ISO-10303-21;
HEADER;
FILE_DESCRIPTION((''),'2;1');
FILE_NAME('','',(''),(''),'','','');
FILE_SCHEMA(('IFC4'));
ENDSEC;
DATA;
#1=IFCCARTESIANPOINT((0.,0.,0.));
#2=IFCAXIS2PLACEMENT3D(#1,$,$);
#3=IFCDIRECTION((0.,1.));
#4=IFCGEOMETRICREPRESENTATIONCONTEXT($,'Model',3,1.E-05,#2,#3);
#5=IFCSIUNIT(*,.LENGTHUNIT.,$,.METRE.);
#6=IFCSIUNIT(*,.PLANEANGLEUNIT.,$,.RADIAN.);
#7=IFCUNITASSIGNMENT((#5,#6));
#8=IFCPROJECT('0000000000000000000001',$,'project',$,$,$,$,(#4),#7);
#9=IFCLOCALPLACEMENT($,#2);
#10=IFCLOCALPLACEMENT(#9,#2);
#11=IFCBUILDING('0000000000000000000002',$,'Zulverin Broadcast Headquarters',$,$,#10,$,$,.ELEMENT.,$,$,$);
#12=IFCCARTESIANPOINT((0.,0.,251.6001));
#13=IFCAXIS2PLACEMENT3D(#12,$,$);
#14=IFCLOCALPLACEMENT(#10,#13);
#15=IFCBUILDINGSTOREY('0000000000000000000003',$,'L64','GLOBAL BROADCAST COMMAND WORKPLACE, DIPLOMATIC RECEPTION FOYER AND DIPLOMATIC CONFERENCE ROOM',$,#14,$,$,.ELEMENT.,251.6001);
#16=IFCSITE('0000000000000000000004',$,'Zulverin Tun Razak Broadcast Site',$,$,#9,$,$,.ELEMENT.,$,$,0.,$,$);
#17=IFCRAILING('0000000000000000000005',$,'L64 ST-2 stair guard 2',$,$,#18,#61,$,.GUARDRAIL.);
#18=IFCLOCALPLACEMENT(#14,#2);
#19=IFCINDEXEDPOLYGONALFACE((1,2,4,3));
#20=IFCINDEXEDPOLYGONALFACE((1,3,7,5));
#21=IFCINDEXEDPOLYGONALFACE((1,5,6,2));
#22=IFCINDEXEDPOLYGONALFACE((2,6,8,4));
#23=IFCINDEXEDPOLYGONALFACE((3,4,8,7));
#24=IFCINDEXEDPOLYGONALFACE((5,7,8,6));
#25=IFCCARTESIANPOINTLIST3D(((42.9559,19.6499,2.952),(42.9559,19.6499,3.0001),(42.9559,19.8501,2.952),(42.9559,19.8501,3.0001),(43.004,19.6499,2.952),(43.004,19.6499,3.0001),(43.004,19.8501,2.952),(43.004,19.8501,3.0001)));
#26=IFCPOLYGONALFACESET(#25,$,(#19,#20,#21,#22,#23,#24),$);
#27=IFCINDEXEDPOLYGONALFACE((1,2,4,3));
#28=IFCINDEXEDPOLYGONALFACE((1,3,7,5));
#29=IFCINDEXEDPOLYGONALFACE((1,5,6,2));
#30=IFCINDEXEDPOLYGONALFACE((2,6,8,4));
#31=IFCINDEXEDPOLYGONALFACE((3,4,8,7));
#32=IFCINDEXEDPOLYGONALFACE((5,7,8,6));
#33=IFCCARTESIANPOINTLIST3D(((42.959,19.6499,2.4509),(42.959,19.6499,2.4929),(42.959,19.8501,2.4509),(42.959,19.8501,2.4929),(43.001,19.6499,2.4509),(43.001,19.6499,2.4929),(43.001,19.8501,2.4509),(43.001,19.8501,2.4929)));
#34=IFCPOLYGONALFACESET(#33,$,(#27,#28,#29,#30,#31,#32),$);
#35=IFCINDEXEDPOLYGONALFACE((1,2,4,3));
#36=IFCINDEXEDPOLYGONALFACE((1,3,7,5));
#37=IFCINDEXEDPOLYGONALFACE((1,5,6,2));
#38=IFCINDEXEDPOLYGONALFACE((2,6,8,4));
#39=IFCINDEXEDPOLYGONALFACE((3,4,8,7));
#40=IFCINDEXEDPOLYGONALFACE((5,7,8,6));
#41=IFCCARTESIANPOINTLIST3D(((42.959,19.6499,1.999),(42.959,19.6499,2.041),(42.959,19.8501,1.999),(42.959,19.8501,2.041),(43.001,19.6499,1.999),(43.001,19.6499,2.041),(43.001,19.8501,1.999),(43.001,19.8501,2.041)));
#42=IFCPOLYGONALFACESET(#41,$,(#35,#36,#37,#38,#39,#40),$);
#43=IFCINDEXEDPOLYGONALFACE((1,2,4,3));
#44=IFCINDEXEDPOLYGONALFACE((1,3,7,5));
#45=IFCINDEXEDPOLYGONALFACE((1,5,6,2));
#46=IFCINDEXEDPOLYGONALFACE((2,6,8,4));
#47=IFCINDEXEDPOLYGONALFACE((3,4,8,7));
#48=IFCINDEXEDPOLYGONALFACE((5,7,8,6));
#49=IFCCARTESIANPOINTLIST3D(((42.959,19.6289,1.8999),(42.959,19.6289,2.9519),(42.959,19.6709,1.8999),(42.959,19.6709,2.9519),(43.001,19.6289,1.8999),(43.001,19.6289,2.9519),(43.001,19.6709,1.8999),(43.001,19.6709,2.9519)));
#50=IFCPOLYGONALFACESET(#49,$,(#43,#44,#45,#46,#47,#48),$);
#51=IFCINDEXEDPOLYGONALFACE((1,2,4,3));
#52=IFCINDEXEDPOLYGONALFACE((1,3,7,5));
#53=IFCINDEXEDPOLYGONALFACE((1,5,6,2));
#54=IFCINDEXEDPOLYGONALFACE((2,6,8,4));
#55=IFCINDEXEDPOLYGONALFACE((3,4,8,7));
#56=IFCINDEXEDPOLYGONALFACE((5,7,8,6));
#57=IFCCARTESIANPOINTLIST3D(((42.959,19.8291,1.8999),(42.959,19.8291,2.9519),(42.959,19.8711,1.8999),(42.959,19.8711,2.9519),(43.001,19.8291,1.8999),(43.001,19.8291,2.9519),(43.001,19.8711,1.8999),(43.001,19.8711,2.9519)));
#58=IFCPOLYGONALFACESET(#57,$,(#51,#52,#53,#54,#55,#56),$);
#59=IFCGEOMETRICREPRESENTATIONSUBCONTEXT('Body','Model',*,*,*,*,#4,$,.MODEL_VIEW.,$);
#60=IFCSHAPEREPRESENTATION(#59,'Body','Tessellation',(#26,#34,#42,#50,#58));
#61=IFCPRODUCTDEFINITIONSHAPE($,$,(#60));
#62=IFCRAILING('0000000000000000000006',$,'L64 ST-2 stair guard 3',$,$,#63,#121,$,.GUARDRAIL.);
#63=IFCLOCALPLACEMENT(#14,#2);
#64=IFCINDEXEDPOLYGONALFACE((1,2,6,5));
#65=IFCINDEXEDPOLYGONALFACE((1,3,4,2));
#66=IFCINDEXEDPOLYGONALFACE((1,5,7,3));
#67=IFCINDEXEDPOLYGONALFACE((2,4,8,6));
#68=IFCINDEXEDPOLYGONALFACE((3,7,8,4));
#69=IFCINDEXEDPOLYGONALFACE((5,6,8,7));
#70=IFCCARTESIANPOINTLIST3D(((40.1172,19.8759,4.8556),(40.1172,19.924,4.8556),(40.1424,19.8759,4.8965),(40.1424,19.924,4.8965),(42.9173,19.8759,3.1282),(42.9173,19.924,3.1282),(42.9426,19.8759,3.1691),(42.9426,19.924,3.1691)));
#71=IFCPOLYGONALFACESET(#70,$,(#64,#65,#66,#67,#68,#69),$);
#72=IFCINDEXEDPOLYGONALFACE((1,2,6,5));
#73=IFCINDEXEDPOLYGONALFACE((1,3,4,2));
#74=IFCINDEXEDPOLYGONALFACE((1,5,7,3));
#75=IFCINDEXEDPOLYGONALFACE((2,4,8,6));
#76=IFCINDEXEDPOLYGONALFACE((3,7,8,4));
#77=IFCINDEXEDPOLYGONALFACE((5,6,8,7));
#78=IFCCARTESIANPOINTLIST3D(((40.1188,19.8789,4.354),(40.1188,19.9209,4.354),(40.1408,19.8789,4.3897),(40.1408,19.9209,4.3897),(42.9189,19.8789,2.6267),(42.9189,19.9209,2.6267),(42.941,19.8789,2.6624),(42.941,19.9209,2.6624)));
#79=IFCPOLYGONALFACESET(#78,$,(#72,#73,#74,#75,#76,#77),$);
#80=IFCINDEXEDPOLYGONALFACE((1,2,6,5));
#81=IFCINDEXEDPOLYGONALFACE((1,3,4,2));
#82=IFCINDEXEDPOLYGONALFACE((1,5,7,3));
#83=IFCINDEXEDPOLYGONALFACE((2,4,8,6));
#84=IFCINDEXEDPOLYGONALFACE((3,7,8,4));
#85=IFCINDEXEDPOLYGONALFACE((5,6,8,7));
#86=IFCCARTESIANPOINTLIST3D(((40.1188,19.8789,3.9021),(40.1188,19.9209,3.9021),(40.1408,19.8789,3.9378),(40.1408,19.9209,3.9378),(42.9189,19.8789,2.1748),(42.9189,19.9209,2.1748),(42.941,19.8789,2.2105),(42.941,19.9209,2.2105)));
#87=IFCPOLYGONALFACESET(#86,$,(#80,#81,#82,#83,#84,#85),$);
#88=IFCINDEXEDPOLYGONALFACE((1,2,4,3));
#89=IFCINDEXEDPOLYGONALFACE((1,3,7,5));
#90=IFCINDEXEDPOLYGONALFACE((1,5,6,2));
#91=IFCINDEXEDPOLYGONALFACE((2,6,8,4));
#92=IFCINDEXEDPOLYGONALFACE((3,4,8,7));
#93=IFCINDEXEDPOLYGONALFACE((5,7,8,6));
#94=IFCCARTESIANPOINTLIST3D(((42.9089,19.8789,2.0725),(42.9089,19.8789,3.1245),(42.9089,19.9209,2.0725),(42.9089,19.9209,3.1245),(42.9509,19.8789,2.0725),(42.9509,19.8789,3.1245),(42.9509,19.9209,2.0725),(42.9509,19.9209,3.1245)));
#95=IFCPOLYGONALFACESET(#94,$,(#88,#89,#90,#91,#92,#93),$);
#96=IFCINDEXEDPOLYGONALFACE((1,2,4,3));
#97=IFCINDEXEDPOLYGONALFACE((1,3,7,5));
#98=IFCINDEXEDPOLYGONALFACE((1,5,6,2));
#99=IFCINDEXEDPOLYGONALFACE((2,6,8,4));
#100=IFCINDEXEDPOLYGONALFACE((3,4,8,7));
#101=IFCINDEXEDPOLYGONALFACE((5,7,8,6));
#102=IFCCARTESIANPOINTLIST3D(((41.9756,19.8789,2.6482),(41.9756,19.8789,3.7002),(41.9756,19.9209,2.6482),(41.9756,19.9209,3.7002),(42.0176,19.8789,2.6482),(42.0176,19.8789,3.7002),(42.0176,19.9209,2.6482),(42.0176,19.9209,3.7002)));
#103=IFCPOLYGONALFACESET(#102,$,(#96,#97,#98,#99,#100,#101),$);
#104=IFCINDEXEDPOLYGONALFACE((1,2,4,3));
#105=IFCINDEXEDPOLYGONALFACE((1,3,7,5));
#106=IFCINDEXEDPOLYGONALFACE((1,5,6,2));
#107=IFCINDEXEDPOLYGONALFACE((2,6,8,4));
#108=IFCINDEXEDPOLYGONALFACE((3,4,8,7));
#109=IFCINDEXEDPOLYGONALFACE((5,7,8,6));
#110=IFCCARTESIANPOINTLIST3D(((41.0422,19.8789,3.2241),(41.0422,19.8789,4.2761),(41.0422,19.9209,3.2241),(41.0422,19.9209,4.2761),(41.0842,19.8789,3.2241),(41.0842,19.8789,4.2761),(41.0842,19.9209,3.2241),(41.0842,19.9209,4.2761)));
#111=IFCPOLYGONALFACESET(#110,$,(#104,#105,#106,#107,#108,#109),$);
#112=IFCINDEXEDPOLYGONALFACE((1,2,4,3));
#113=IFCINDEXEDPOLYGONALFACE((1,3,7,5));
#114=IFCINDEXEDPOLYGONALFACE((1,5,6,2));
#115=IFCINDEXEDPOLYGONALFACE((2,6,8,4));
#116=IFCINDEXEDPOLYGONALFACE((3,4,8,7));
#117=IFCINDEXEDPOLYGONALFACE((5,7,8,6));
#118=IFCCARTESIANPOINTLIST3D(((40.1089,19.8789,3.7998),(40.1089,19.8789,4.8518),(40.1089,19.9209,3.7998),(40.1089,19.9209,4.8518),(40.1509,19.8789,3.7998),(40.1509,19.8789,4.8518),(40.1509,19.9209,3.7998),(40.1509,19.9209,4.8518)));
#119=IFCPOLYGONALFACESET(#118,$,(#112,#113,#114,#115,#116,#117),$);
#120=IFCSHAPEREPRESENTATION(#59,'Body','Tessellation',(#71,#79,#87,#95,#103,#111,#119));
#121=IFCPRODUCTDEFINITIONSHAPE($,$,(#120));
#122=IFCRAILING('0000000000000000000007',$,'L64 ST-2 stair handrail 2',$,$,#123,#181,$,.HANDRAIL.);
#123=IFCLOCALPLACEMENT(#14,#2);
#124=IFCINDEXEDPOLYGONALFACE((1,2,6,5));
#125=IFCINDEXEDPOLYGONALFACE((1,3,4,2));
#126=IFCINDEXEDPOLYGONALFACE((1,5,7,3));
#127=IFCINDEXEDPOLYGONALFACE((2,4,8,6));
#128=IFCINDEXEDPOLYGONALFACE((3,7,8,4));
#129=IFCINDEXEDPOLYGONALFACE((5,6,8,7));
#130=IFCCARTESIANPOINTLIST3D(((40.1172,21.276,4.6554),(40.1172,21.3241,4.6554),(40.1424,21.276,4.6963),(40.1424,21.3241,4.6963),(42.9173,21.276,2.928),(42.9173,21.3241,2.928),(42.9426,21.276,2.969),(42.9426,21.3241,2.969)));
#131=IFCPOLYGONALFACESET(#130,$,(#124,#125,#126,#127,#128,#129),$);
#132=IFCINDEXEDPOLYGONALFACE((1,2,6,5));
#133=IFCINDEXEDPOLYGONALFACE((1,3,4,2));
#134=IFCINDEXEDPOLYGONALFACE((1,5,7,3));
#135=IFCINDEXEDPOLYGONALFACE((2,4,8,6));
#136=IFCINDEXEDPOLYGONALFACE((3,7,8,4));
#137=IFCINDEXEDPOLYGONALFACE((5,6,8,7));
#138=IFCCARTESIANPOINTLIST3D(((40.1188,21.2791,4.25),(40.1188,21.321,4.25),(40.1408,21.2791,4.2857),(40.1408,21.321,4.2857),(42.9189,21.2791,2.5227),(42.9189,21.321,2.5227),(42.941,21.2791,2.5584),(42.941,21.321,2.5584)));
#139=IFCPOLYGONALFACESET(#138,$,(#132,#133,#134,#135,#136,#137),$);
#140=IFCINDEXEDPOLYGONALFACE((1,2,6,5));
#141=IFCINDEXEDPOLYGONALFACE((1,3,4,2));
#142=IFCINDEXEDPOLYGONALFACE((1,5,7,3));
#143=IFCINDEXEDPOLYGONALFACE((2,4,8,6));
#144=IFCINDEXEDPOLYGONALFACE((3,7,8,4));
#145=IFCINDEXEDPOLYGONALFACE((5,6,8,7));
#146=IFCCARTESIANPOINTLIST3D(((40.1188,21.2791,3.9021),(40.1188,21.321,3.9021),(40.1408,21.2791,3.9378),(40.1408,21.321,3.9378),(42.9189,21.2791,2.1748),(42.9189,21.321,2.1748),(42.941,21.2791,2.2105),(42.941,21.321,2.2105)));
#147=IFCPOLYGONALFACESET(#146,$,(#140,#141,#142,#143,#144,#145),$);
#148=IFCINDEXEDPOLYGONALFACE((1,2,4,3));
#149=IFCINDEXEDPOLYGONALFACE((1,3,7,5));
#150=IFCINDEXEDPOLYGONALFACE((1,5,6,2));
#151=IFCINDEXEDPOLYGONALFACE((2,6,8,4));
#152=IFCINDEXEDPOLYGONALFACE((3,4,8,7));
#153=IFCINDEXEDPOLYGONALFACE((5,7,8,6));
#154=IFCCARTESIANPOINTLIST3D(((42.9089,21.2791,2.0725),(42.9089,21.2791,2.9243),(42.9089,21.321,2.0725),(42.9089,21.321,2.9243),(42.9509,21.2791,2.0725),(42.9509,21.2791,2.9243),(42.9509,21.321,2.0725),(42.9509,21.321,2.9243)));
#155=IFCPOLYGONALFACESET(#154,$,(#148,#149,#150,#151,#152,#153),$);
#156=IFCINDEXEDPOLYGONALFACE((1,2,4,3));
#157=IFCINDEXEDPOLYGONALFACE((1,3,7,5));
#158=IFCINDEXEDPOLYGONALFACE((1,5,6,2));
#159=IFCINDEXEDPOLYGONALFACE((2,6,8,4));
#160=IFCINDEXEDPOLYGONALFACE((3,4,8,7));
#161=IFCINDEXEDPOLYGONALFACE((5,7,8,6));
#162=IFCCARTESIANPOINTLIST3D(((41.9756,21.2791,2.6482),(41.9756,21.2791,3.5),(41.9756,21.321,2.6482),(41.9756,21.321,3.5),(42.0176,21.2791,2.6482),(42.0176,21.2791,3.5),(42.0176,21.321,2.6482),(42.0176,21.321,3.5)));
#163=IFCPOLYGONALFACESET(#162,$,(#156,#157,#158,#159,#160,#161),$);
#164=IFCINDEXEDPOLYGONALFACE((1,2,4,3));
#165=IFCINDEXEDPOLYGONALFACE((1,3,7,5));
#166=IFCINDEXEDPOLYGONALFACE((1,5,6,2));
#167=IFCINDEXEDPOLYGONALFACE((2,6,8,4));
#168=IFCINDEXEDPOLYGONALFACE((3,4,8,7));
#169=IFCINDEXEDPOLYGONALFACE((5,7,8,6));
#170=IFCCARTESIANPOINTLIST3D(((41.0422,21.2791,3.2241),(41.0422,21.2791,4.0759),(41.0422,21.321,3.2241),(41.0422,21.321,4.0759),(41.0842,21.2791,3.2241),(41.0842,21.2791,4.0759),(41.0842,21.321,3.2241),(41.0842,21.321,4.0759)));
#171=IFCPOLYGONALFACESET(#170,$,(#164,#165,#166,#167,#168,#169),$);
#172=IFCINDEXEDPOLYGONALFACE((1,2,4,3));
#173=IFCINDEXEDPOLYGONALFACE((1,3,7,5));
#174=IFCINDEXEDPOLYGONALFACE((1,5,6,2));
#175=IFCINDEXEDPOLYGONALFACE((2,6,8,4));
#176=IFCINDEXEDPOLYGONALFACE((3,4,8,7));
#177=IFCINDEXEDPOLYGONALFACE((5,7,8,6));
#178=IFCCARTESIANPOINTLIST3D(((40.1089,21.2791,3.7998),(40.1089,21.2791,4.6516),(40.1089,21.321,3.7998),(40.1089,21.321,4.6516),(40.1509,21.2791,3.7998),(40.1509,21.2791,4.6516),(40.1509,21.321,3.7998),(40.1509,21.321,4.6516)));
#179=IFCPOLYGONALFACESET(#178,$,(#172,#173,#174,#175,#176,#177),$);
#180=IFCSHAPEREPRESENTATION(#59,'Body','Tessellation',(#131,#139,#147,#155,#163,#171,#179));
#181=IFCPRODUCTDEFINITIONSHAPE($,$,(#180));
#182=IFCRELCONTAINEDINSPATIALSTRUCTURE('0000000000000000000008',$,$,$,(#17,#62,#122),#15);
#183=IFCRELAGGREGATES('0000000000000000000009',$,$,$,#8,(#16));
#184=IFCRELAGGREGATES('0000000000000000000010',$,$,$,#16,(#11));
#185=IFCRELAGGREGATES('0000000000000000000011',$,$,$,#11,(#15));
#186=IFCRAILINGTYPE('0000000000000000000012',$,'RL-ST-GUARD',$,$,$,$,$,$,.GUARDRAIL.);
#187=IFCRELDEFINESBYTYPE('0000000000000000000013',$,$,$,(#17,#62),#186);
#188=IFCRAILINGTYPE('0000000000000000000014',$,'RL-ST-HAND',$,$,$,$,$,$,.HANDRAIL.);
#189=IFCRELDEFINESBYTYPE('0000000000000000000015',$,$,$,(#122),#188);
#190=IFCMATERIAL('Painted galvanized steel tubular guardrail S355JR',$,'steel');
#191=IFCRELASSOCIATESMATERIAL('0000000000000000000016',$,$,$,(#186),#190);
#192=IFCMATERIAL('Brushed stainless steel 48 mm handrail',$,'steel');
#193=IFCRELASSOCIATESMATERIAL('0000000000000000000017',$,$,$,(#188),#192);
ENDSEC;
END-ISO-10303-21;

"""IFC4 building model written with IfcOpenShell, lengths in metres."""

from ifc_helpers import new_model, si_unit, direction, frame, origin, origin_2d, place, context, subcontext, project, spatial, rectangle, extrude, material, type_object, element, save


model = new_model("IFC4")

# Units and contexts
model_context = context("Model", 3, precision=1e-05, world=origin(), true_north=direction((0.0, 1.0)))
body_context = subcontext(model_context, "Body", "Model", "MODEL_VIEW")
ifc_project = project(units=[si_unit("LENGTHUNIT", "METRE"), si_unit("PLANEANGLEUNIT", "RADIAN")], contexts=[model_context])

# Site, building, storey
site_placement = place(None, origin())
site = spatial("IfcSite", under=ifc_project, at=site_placement, Name="Zulverin Tun Razak Broadcast Site", CompositionType="ELEMENT", RefElevation=0.0)
building_placement = place(site_placement, origin())
building = spatial("IfcBuilding", under=site, at=building_placement, Name="Zulverin Broadcast Headquarters", CompositionType="ELEMENT")
storey_placement = place(building_placement, frame((0.0, 0.0, 251.6001)))
storey = spatial("IfcBuildingStorey", under=building, at=storey_placement, Name="L64", Description="GLOBAL BROADCAST COMMAND WORKPLACE, DIPLOMATIC RECEPTION FOYER AND DIPLOMATIC CONFERENCE ROOM", CompositionType="ELEMENT", Elevation=251.6001)

# Railings
ifc_material_1 = material(Name="Painted galvanized steel tubular guardrail S355JR", Category="steel")
railing_type_1 = type_object("IfcRailingType", Name="RL-ST-GUARD", PredefinedType="GUARDRAIL", material=ifc_material_1)
railing_1_placement = place(storey_placement, frame((42.98, 19.6499, 1.8999)))
element("IfcRailing", 1, at=railing_1_placement, inside=storey, type_object=railing_type_1, Name="L64 ST-2 stair guard 2", PredefinedType="GUARDRAIL", context=body_context, shape_type="SweptSolid", body=[
    extrude(rectangle(XDim=0.0481, YDim=0.0481, at=origin_2d()), frame((0.0, 0.0, 1.0762), z_axis=(0.0, 1.0, 0.0), x_axis=(-1.0, 0.0, 0.0)), (0.0, 0.0, 1.0), 0.2002),
    extrude(rectangle(XDim=0.042, YDim=0.042, at=origin_2d()), frame((0.0, 0.0, 0.572), z_axis=(0.0, 1.0, 0.0), x_axis=(-1.0, 0.0, 0.0)), (0.0, 0.0, 1.0), 0.2002),
    extrude(rectangle(XDim=0.042, YDim=0.042, at=origin_2d()), frame((0.0, 0.0, 0.1201), z_axis=(0.0, 1.0, 0.0), x_axis=(-1.0, 0.0, 0.0)), (0.0, 0.0, 1.0), 0.2002),
    extrude(rectangle(XDim=0.042, YDim=0.042, at=origin_2d()), origin(), (0.0, 0.0, 1.0), 1.052),
    extrude(rectangle(XDim=0.042, YDim=0.042, at=origin_2d()), frame((0.0, 0.2002, 0.0)), (0.0, 0.0, 1.0), 1.052),
])
railing_2_placement = place(storey_placement, frame((42.9299, 19.8999, 2.0725)))
element("IfcRailing", 2, at=railing_2_placement, inside=storey, type_object=railing_type_1, Name="L64 ST-2 stair guard 3", PredefinedType="GUARDRAIL", context=body_context, shape_type="SweptSolid", body=[
    extrude(rectangle(XDim=0.0481, YDim=0.0481, at=origin_2d()), frame((0.0, 0.0, 1.0762), z_axis=(-0.85109, 0.0, 0.52502), x_axis=(0.0, -1.0, 0.0)), (0.0, 0.0, 1.0), 3.29),
    extrude(rectangle(XDim=0.042, YDim=0.042, at=origin_2d()), frame((0.0, 0.0, 0.572), z_axis=(-0.85109, 0.0, 0.52502), x_axis=(0.0, -1.0, 0.0)), (0.0, 0.0, 1.0), 3.29),
    extrude(rectangle(XDim=0.042, YDim=0.042, at=origin_2d()), frame((0.0, 0.0, 0.1201), z_axis=(-0.85109, 0.0, 0.52502), x_axis=(0.0, -1.0, 0.0)), (0.0, 0.0, 1.0), 3.29),
    extrude(rectangle(XDim=0.042, YDim=0.042, at=origin_2d()), origin(), (0.0, 0.0, 1.0), 1.052),
    extrude(rectangle(XDim=0.042, YDim=0.042, at=origin_2d()), frame((-0.9333, 0.0, 0.5757)), (0.0, 0.0, 1.0), 1.052),
    extrude(rectangle(XDim=0.042, YDim=0.042, at=origin_2d()), frame((-1.8667, 0.0, 1.1516)), (0.0, 0.0, 1.0), 1.052),
    extrude(rectangle(XDim=0.042, YDim=0.042, at=origin_2d()), frame((-2.8, 0.0, 1.7273)), (0.0, 0.0, 1.0), 1.052),
])
ifc_material_2 = material(Name="Brushed stainless steel 48 mm handrail", Category="steel")
railing_type_2 = type_object("IfcRailingType", Name="RL-ST-HAND", PredefinedType="HANDRAIL", material=ifc_material_2)
railing_3_placement = place(storey_placement, frame((42.9299, 21.3, 2.0725)))
element("IfcRailing", 3, at=railing_3_placement, inside=storey, type_object=railing_type_2, Name="L64 ST-2 stair handrail 2", PredefinedType="HANDRAIL", context=body_context, shape_type="SweptSolid", body=[
    extrude(rectangle(XDim=0.0481, YDim=0.0481, at=origin_2d()), frame((0.0, 0.0, 0.876), z_axis=(-0.85109, 0.0, 0.52502), x_axis=(0.0, -1.0, 0.0)), (0.0, 0.0, 1.0), 3.29),
    extrude(rectangle(XDim=0.042, YDim=0.042, at=origin_2d()), frame((0.0, 0.0, 0.468), z_axis=(-0.85109, 0.0, 0.52502), x_axis=(0.0, -1.0, 0.0)), (0.0, 0.0, 1.0), 3.29),
    extrude(rectangle(XDim=0.042, YDim=0.042, at=origin_2d()), frame((0.0, 0.0, 0.1201), z_axis=(-0.85109, 0.0, 0.52502), x_axis=(0.0, -1.0, 0.0)), (0.0, 0.0, 1.0), 3.29),
    extrude(rectangle(XDim=0.042, YDim=0.042, at=origin_2d()), origin(), (0.0, 0.0, 1.0), 0.8518),
    extrude(rectangle(XDim=0.042, YDim=0.042, at=origin_2d()), frame((-0.9333, 0.0, 0.5757)), (0.0, 0.0, 1.0), 0.8518),
    extrude(rectangle(XDim=0.042, YDim=0.042, at=origin_2d()), frame((-1.8667, 0.0, 1.1516)), (0.0, 0.0, 1.0), 0.8518),
    extrude(rectangle(XDim=0.042, YDim=0.042, at=origin_2d()), frame((-2.8, 0.0, 1.7273)), (0.0, 0.0, 1.0), 0.8518),
])

save(model, "model.ifc")
